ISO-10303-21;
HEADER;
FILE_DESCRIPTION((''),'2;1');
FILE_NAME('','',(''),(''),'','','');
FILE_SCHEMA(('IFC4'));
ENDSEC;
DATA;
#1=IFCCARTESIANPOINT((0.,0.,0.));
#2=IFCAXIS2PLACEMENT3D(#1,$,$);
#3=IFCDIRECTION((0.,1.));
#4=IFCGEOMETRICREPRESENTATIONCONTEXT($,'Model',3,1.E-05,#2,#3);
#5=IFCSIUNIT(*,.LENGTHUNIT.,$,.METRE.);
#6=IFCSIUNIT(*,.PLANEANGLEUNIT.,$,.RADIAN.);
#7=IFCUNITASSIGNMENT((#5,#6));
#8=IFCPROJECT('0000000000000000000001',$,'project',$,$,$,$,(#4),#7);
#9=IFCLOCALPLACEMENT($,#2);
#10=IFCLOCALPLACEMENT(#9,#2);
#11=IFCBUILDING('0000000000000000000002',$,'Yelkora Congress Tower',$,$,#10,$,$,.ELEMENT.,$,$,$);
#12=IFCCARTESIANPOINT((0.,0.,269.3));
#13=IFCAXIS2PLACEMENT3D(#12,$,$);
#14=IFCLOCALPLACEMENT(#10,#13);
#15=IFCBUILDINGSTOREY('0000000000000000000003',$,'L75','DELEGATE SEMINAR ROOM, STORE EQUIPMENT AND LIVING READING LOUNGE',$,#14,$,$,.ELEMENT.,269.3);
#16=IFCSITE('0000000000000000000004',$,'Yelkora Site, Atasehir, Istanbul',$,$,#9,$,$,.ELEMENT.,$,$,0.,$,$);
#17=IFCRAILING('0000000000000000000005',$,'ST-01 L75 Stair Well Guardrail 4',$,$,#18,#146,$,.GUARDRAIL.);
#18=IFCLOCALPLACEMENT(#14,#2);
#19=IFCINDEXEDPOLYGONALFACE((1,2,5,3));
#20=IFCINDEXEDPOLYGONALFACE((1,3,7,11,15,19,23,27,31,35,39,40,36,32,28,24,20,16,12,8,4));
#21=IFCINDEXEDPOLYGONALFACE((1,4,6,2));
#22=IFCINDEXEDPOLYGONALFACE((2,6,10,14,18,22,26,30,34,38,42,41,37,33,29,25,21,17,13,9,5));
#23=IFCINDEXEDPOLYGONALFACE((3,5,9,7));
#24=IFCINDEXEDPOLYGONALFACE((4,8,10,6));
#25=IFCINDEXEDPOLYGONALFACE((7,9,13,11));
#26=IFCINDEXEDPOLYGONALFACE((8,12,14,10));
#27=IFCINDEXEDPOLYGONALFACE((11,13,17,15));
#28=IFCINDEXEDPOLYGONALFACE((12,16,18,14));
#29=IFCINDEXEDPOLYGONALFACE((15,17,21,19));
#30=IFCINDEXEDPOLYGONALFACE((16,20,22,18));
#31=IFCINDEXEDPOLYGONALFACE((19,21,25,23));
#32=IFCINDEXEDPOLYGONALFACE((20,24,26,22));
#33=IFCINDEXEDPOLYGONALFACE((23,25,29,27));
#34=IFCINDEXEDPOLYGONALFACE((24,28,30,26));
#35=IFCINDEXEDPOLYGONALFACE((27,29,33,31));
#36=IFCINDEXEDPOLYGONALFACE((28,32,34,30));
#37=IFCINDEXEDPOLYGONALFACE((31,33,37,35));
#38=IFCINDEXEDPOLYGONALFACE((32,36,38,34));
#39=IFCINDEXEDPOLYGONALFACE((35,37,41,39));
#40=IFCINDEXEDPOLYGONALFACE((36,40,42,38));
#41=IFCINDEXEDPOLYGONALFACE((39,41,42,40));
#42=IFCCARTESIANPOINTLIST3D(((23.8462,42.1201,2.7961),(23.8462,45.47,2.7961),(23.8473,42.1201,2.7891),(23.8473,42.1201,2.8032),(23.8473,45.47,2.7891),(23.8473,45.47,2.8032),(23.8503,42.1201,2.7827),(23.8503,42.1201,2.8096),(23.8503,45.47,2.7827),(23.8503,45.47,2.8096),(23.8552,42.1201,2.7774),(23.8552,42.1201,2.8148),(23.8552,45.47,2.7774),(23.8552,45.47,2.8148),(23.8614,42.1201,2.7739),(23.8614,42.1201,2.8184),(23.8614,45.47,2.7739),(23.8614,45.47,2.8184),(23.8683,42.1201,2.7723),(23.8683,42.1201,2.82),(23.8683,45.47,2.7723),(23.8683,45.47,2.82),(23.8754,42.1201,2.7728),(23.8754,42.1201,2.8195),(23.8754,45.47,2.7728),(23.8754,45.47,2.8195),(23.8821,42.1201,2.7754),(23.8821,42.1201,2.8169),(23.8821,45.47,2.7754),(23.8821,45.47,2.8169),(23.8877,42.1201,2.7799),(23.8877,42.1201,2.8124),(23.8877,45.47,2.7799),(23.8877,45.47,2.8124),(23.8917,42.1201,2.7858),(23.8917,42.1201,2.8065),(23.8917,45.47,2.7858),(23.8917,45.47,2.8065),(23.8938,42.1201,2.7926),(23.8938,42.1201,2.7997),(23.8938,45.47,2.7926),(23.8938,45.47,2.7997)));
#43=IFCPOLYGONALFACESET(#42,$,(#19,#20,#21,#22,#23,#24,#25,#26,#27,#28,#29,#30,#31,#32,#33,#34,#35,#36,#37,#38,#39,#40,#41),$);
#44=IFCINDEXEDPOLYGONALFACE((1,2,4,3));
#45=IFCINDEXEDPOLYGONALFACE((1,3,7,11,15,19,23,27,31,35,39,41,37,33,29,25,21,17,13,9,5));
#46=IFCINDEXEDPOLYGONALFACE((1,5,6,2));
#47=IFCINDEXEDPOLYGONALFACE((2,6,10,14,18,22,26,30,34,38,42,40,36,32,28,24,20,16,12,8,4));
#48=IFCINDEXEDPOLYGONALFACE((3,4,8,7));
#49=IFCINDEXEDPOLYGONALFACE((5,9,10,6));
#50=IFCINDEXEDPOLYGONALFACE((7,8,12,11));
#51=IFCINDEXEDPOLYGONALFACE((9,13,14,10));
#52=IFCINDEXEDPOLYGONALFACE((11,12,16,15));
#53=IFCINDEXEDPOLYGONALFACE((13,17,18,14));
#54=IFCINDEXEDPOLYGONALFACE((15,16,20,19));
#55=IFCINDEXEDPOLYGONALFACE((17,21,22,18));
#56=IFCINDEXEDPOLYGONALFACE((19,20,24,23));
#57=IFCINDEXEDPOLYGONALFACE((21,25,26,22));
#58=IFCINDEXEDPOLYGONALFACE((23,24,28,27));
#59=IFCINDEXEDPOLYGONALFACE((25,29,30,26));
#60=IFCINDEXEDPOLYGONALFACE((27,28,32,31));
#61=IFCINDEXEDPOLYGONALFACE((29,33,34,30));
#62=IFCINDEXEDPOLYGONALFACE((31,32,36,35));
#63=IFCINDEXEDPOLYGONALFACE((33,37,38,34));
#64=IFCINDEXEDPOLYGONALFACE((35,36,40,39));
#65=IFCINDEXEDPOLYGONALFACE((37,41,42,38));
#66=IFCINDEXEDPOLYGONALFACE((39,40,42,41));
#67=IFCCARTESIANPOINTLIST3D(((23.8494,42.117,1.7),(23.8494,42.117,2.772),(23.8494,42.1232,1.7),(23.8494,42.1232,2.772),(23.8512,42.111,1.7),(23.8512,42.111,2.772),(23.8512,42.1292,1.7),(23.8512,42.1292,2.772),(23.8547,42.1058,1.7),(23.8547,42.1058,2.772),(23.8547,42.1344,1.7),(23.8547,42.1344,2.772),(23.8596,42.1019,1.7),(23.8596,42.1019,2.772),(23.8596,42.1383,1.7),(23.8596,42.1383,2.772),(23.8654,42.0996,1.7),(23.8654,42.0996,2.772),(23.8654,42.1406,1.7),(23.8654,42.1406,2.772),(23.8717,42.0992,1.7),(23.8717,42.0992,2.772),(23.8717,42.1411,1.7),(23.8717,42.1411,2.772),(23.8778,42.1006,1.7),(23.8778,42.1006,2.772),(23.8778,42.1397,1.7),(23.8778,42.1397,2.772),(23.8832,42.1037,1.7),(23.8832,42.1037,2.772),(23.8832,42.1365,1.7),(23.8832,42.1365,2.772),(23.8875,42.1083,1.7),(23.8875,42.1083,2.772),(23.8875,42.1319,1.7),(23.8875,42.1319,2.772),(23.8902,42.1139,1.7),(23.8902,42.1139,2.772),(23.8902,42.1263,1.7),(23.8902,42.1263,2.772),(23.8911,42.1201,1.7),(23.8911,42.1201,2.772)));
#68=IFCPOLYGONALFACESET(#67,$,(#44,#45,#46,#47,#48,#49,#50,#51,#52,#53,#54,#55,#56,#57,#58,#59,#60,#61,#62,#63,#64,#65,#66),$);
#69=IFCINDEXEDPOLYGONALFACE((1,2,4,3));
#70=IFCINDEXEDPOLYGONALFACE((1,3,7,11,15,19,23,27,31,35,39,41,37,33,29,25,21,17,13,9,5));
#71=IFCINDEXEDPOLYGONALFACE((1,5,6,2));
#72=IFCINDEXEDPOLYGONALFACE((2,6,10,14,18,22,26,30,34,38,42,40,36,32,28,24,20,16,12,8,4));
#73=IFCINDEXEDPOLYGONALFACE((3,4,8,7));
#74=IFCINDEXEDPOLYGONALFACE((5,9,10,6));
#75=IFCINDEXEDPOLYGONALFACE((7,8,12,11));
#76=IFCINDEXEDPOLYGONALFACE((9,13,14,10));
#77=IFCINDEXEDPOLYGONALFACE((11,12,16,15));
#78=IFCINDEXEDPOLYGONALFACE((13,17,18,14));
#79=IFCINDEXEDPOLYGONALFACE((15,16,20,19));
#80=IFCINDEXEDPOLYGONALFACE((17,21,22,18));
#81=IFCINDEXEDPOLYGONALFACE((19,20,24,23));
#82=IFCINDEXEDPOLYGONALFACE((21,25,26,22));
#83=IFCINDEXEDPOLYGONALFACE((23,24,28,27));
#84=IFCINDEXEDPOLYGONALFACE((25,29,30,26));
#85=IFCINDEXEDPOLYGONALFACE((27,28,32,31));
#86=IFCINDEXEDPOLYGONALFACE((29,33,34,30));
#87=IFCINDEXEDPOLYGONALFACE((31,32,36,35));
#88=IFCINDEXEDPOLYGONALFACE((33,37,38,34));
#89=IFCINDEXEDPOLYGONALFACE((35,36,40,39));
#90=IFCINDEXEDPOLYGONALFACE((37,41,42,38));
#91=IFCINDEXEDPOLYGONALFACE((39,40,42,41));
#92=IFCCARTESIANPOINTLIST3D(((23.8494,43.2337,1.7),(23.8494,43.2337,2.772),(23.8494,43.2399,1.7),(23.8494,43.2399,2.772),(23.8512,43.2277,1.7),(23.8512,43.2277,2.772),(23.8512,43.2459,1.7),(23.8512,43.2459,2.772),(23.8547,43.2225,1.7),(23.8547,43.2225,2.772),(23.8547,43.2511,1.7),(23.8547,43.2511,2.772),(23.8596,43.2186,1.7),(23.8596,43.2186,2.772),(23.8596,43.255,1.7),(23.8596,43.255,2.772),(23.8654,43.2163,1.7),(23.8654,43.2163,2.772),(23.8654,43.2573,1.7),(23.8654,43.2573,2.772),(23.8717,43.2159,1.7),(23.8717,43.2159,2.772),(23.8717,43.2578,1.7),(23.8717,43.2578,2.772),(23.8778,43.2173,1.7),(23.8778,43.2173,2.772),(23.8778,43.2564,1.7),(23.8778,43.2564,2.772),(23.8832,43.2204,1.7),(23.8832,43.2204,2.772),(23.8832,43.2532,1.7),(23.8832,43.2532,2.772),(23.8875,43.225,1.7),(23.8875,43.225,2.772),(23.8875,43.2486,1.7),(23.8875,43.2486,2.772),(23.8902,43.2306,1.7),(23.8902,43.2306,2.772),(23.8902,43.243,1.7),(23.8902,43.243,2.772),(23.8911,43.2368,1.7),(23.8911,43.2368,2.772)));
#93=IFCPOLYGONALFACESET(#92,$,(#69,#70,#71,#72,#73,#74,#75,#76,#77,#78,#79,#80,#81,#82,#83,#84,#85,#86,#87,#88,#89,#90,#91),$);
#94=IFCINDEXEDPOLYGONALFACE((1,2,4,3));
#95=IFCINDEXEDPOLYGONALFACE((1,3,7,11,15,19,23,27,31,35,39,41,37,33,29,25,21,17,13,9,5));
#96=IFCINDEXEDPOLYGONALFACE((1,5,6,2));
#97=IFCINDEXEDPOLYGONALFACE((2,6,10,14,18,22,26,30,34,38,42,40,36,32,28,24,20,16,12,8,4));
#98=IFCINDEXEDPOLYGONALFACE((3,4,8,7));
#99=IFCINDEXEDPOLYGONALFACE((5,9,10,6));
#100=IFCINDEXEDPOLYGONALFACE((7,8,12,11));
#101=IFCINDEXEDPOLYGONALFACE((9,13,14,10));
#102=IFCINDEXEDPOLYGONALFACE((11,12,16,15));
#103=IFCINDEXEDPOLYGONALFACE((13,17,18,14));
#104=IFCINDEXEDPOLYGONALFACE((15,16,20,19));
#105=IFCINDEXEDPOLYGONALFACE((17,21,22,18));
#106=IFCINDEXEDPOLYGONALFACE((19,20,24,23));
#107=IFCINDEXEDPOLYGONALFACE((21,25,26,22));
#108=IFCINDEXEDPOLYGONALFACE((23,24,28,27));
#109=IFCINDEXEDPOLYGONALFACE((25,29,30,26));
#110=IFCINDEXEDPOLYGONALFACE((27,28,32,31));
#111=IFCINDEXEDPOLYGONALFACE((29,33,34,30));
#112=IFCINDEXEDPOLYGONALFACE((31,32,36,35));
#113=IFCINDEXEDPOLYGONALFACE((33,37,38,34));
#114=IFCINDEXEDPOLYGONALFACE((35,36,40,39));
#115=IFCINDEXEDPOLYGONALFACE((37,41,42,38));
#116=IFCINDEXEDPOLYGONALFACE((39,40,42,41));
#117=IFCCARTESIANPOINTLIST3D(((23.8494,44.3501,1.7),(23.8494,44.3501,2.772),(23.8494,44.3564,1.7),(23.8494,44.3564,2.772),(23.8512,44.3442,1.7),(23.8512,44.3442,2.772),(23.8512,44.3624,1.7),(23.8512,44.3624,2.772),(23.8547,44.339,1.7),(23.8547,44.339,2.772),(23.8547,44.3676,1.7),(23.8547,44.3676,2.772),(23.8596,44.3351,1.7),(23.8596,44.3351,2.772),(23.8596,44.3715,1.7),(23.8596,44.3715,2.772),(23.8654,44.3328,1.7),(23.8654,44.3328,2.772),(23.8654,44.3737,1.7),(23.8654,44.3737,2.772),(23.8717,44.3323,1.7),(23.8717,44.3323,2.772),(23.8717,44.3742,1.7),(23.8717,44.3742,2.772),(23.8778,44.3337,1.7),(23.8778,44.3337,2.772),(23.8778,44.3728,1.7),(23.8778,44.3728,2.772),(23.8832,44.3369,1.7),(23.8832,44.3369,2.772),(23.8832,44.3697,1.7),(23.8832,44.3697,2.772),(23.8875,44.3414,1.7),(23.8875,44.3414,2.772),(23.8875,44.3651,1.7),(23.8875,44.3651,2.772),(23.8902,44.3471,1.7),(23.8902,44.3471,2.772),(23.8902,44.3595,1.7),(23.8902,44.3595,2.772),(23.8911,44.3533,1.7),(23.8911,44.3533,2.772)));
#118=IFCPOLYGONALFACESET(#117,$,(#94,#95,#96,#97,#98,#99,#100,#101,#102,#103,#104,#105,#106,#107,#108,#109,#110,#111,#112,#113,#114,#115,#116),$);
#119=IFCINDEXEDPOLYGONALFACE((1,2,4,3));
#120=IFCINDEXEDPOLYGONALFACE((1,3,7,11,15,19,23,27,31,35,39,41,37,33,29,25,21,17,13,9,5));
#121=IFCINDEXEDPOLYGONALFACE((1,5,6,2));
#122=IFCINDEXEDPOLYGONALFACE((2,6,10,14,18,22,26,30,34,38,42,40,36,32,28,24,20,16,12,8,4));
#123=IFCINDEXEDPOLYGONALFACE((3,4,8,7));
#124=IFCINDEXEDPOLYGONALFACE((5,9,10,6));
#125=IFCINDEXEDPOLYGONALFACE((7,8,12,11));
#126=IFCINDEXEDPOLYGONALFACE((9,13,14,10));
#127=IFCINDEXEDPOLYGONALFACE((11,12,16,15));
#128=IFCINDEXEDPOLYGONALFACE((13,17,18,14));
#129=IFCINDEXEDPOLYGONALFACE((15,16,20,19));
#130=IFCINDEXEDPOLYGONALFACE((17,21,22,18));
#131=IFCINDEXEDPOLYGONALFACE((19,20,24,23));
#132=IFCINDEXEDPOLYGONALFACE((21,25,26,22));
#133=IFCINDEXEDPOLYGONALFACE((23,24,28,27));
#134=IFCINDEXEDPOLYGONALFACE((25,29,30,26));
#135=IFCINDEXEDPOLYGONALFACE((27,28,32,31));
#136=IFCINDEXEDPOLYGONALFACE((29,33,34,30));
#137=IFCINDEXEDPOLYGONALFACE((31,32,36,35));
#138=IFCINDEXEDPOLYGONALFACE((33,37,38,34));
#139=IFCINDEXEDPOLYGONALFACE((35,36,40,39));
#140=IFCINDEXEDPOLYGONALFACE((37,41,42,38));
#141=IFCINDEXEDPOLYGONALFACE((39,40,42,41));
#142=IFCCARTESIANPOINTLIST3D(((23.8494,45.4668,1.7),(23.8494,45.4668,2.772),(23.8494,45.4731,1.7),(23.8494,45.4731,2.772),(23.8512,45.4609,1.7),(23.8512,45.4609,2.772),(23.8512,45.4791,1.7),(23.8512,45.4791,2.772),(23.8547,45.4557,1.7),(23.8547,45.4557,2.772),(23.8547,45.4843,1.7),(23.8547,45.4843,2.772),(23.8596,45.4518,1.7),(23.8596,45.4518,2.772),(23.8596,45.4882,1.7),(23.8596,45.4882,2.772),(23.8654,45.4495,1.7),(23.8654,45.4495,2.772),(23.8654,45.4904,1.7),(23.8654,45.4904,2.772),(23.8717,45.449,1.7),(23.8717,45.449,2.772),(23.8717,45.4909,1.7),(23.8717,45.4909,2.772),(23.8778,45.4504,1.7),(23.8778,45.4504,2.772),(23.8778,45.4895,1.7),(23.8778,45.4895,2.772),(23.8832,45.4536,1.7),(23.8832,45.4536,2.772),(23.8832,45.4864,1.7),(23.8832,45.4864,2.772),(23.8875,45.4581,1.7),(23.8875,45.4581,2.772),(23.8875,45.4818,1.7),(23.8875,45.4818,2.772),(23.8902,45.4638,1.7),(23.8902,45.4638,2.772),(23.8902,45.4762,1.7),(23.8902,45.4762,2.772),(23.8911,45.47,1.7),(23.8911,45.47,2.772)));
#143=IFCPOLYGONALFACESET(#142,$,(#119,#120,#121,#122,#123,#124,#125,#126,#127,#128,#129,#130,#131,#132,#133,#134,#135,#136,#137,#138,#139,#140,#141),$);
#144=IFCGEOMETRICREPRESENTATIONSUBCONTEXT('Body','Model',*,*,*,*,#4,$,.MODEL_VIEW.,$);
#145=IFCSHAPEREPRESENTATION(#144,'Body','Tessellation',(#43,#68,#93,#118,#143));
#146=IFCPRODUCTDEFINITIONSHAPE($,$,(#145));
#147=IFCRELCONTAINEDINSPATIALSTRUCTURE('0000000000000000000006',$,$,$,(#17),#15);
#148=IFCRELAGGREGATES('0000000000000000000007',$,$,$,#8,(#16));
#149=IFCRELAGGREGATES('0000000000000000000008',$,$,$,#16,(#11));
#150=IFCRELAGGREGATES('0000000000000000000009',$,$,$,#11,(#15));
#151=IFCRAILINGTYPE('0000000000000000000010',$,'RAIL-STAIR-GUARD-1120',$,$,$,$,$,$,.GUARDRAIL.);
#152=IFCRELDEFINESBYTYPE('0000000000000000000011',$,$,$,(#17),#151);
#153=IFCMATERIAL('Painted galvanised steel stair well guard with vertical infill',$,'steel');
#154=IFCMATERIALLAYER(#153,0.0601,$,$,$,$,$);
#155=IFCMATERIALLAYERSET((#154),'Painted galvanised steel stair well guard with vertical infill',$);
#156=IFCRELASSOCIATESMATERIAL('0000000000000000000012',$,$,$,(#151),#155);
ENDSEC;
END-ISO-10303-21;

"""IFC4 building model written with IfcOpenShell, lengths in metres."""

from ifc_helpers import new_model, si_unit, direction, frame, origin, origin_2d, place, context, subcontext, project, spatial, circle, extrude, material, layer, layer_set, type_object, element, save


model = new_model("IFC4")

# Units and contexts
model_context = context("Model", 3, precision=1e-05, world=origin(), true_north=direction((0.0, 1.0)))
body_context = subcontext(model_context, "Body", "Model", "MODEL_VIEW")
ifc_project = project(units=[si_unit("LENGTHUNIT", "METRE"), si_unit("PLANEANGLEUNIT", "RADIAN")], contexts=[model_context])

# Site, building, storey
site_placement = place(None, origin())
site = spatial("IfcSite", under=ifc_project, at=site_placement, Name="Yelkora Site, Atasehir, Istanbul", CompositionType="ELEMENT", RefElevation=0.0)
building_placement = place(site_placement, origin())
building = spatial("IfcBuilding", under=site, at=building_placement, Name="Yelkora Congress Tower", CompositionType="ELEMENT")
storey_placement = place(building_placement, frame((0.0, 0.0, 269.3)))
storey = spatial("IfcBuildingStorey", under=building, at=storey_placement, Name="L75", Description="DELEGATE SEMINAR ROOM, STORE EQUIPMENT AND LIVING READING LOUNGE", CompositionType="ELEMENT", Elevation=269.3)

# Railing
ifc_material_1 = material(Name="Painted galvanised steel stair well guard with vertical infill", Category="steel")
ifc_layer_1 = layer(ifc_material_1, 0.0601)
ifc_layer_set_1 = layer_set([ifc_layer_1], Name="Painted galvanised steel stair well guard with vertical infill")
railing_type_1 = type_object("IfcRailingType", Name="RAIL-STAIR-GUARD-1120", PredefinedType="GUARDRAIL", material=ifc_layer_set_1)
for number, where, name in (
    (1, (23.8701, 42.1201, 1.7), "ST-01 L75 Stair Well Guardrail 4"),
):
    element("IfcRailing", number, at=place(storey_placement, frame(where)), inside=storey, type_object=railing_type_1, Name=name, PredefinedType="GUARDRAIL", context=body_context, shape_type="SweptSolid", body=[
        extrude(circle(Radius=0.0239, at=origin_2d()), frame((0.0, 0.0, 1.0962), z_axis=(0.0, 1.0, 0.0), x_axis=(-1.0, 0.0, 0.0)), (0.0, 0.0, 1.0), 3.3499),
        extrude(circle(Radius=0.021, at=origin_2d()), origin(), (0.0, 0.0, 1.0), 1.072),
        extrude(circle(Radius=0.021, at=origin_2d()), frame((0.0, 1.1167, 0.0)), (0.0, 0.0, 1.0), 1.072),
        extrude(circle(Radius=0.021, at=origin_2d()), frame((0.0, 2.2332, 0.0)), (0.0, 0.0, 1.0), 1.072),
        extrude(circle(Radius=0.021, at=origin_2d()), frame((0.0, 3.3499, 0.0)), (0.0, 0.0, 1.0), 1.072),
    ])

save(model, "model.ifc")
